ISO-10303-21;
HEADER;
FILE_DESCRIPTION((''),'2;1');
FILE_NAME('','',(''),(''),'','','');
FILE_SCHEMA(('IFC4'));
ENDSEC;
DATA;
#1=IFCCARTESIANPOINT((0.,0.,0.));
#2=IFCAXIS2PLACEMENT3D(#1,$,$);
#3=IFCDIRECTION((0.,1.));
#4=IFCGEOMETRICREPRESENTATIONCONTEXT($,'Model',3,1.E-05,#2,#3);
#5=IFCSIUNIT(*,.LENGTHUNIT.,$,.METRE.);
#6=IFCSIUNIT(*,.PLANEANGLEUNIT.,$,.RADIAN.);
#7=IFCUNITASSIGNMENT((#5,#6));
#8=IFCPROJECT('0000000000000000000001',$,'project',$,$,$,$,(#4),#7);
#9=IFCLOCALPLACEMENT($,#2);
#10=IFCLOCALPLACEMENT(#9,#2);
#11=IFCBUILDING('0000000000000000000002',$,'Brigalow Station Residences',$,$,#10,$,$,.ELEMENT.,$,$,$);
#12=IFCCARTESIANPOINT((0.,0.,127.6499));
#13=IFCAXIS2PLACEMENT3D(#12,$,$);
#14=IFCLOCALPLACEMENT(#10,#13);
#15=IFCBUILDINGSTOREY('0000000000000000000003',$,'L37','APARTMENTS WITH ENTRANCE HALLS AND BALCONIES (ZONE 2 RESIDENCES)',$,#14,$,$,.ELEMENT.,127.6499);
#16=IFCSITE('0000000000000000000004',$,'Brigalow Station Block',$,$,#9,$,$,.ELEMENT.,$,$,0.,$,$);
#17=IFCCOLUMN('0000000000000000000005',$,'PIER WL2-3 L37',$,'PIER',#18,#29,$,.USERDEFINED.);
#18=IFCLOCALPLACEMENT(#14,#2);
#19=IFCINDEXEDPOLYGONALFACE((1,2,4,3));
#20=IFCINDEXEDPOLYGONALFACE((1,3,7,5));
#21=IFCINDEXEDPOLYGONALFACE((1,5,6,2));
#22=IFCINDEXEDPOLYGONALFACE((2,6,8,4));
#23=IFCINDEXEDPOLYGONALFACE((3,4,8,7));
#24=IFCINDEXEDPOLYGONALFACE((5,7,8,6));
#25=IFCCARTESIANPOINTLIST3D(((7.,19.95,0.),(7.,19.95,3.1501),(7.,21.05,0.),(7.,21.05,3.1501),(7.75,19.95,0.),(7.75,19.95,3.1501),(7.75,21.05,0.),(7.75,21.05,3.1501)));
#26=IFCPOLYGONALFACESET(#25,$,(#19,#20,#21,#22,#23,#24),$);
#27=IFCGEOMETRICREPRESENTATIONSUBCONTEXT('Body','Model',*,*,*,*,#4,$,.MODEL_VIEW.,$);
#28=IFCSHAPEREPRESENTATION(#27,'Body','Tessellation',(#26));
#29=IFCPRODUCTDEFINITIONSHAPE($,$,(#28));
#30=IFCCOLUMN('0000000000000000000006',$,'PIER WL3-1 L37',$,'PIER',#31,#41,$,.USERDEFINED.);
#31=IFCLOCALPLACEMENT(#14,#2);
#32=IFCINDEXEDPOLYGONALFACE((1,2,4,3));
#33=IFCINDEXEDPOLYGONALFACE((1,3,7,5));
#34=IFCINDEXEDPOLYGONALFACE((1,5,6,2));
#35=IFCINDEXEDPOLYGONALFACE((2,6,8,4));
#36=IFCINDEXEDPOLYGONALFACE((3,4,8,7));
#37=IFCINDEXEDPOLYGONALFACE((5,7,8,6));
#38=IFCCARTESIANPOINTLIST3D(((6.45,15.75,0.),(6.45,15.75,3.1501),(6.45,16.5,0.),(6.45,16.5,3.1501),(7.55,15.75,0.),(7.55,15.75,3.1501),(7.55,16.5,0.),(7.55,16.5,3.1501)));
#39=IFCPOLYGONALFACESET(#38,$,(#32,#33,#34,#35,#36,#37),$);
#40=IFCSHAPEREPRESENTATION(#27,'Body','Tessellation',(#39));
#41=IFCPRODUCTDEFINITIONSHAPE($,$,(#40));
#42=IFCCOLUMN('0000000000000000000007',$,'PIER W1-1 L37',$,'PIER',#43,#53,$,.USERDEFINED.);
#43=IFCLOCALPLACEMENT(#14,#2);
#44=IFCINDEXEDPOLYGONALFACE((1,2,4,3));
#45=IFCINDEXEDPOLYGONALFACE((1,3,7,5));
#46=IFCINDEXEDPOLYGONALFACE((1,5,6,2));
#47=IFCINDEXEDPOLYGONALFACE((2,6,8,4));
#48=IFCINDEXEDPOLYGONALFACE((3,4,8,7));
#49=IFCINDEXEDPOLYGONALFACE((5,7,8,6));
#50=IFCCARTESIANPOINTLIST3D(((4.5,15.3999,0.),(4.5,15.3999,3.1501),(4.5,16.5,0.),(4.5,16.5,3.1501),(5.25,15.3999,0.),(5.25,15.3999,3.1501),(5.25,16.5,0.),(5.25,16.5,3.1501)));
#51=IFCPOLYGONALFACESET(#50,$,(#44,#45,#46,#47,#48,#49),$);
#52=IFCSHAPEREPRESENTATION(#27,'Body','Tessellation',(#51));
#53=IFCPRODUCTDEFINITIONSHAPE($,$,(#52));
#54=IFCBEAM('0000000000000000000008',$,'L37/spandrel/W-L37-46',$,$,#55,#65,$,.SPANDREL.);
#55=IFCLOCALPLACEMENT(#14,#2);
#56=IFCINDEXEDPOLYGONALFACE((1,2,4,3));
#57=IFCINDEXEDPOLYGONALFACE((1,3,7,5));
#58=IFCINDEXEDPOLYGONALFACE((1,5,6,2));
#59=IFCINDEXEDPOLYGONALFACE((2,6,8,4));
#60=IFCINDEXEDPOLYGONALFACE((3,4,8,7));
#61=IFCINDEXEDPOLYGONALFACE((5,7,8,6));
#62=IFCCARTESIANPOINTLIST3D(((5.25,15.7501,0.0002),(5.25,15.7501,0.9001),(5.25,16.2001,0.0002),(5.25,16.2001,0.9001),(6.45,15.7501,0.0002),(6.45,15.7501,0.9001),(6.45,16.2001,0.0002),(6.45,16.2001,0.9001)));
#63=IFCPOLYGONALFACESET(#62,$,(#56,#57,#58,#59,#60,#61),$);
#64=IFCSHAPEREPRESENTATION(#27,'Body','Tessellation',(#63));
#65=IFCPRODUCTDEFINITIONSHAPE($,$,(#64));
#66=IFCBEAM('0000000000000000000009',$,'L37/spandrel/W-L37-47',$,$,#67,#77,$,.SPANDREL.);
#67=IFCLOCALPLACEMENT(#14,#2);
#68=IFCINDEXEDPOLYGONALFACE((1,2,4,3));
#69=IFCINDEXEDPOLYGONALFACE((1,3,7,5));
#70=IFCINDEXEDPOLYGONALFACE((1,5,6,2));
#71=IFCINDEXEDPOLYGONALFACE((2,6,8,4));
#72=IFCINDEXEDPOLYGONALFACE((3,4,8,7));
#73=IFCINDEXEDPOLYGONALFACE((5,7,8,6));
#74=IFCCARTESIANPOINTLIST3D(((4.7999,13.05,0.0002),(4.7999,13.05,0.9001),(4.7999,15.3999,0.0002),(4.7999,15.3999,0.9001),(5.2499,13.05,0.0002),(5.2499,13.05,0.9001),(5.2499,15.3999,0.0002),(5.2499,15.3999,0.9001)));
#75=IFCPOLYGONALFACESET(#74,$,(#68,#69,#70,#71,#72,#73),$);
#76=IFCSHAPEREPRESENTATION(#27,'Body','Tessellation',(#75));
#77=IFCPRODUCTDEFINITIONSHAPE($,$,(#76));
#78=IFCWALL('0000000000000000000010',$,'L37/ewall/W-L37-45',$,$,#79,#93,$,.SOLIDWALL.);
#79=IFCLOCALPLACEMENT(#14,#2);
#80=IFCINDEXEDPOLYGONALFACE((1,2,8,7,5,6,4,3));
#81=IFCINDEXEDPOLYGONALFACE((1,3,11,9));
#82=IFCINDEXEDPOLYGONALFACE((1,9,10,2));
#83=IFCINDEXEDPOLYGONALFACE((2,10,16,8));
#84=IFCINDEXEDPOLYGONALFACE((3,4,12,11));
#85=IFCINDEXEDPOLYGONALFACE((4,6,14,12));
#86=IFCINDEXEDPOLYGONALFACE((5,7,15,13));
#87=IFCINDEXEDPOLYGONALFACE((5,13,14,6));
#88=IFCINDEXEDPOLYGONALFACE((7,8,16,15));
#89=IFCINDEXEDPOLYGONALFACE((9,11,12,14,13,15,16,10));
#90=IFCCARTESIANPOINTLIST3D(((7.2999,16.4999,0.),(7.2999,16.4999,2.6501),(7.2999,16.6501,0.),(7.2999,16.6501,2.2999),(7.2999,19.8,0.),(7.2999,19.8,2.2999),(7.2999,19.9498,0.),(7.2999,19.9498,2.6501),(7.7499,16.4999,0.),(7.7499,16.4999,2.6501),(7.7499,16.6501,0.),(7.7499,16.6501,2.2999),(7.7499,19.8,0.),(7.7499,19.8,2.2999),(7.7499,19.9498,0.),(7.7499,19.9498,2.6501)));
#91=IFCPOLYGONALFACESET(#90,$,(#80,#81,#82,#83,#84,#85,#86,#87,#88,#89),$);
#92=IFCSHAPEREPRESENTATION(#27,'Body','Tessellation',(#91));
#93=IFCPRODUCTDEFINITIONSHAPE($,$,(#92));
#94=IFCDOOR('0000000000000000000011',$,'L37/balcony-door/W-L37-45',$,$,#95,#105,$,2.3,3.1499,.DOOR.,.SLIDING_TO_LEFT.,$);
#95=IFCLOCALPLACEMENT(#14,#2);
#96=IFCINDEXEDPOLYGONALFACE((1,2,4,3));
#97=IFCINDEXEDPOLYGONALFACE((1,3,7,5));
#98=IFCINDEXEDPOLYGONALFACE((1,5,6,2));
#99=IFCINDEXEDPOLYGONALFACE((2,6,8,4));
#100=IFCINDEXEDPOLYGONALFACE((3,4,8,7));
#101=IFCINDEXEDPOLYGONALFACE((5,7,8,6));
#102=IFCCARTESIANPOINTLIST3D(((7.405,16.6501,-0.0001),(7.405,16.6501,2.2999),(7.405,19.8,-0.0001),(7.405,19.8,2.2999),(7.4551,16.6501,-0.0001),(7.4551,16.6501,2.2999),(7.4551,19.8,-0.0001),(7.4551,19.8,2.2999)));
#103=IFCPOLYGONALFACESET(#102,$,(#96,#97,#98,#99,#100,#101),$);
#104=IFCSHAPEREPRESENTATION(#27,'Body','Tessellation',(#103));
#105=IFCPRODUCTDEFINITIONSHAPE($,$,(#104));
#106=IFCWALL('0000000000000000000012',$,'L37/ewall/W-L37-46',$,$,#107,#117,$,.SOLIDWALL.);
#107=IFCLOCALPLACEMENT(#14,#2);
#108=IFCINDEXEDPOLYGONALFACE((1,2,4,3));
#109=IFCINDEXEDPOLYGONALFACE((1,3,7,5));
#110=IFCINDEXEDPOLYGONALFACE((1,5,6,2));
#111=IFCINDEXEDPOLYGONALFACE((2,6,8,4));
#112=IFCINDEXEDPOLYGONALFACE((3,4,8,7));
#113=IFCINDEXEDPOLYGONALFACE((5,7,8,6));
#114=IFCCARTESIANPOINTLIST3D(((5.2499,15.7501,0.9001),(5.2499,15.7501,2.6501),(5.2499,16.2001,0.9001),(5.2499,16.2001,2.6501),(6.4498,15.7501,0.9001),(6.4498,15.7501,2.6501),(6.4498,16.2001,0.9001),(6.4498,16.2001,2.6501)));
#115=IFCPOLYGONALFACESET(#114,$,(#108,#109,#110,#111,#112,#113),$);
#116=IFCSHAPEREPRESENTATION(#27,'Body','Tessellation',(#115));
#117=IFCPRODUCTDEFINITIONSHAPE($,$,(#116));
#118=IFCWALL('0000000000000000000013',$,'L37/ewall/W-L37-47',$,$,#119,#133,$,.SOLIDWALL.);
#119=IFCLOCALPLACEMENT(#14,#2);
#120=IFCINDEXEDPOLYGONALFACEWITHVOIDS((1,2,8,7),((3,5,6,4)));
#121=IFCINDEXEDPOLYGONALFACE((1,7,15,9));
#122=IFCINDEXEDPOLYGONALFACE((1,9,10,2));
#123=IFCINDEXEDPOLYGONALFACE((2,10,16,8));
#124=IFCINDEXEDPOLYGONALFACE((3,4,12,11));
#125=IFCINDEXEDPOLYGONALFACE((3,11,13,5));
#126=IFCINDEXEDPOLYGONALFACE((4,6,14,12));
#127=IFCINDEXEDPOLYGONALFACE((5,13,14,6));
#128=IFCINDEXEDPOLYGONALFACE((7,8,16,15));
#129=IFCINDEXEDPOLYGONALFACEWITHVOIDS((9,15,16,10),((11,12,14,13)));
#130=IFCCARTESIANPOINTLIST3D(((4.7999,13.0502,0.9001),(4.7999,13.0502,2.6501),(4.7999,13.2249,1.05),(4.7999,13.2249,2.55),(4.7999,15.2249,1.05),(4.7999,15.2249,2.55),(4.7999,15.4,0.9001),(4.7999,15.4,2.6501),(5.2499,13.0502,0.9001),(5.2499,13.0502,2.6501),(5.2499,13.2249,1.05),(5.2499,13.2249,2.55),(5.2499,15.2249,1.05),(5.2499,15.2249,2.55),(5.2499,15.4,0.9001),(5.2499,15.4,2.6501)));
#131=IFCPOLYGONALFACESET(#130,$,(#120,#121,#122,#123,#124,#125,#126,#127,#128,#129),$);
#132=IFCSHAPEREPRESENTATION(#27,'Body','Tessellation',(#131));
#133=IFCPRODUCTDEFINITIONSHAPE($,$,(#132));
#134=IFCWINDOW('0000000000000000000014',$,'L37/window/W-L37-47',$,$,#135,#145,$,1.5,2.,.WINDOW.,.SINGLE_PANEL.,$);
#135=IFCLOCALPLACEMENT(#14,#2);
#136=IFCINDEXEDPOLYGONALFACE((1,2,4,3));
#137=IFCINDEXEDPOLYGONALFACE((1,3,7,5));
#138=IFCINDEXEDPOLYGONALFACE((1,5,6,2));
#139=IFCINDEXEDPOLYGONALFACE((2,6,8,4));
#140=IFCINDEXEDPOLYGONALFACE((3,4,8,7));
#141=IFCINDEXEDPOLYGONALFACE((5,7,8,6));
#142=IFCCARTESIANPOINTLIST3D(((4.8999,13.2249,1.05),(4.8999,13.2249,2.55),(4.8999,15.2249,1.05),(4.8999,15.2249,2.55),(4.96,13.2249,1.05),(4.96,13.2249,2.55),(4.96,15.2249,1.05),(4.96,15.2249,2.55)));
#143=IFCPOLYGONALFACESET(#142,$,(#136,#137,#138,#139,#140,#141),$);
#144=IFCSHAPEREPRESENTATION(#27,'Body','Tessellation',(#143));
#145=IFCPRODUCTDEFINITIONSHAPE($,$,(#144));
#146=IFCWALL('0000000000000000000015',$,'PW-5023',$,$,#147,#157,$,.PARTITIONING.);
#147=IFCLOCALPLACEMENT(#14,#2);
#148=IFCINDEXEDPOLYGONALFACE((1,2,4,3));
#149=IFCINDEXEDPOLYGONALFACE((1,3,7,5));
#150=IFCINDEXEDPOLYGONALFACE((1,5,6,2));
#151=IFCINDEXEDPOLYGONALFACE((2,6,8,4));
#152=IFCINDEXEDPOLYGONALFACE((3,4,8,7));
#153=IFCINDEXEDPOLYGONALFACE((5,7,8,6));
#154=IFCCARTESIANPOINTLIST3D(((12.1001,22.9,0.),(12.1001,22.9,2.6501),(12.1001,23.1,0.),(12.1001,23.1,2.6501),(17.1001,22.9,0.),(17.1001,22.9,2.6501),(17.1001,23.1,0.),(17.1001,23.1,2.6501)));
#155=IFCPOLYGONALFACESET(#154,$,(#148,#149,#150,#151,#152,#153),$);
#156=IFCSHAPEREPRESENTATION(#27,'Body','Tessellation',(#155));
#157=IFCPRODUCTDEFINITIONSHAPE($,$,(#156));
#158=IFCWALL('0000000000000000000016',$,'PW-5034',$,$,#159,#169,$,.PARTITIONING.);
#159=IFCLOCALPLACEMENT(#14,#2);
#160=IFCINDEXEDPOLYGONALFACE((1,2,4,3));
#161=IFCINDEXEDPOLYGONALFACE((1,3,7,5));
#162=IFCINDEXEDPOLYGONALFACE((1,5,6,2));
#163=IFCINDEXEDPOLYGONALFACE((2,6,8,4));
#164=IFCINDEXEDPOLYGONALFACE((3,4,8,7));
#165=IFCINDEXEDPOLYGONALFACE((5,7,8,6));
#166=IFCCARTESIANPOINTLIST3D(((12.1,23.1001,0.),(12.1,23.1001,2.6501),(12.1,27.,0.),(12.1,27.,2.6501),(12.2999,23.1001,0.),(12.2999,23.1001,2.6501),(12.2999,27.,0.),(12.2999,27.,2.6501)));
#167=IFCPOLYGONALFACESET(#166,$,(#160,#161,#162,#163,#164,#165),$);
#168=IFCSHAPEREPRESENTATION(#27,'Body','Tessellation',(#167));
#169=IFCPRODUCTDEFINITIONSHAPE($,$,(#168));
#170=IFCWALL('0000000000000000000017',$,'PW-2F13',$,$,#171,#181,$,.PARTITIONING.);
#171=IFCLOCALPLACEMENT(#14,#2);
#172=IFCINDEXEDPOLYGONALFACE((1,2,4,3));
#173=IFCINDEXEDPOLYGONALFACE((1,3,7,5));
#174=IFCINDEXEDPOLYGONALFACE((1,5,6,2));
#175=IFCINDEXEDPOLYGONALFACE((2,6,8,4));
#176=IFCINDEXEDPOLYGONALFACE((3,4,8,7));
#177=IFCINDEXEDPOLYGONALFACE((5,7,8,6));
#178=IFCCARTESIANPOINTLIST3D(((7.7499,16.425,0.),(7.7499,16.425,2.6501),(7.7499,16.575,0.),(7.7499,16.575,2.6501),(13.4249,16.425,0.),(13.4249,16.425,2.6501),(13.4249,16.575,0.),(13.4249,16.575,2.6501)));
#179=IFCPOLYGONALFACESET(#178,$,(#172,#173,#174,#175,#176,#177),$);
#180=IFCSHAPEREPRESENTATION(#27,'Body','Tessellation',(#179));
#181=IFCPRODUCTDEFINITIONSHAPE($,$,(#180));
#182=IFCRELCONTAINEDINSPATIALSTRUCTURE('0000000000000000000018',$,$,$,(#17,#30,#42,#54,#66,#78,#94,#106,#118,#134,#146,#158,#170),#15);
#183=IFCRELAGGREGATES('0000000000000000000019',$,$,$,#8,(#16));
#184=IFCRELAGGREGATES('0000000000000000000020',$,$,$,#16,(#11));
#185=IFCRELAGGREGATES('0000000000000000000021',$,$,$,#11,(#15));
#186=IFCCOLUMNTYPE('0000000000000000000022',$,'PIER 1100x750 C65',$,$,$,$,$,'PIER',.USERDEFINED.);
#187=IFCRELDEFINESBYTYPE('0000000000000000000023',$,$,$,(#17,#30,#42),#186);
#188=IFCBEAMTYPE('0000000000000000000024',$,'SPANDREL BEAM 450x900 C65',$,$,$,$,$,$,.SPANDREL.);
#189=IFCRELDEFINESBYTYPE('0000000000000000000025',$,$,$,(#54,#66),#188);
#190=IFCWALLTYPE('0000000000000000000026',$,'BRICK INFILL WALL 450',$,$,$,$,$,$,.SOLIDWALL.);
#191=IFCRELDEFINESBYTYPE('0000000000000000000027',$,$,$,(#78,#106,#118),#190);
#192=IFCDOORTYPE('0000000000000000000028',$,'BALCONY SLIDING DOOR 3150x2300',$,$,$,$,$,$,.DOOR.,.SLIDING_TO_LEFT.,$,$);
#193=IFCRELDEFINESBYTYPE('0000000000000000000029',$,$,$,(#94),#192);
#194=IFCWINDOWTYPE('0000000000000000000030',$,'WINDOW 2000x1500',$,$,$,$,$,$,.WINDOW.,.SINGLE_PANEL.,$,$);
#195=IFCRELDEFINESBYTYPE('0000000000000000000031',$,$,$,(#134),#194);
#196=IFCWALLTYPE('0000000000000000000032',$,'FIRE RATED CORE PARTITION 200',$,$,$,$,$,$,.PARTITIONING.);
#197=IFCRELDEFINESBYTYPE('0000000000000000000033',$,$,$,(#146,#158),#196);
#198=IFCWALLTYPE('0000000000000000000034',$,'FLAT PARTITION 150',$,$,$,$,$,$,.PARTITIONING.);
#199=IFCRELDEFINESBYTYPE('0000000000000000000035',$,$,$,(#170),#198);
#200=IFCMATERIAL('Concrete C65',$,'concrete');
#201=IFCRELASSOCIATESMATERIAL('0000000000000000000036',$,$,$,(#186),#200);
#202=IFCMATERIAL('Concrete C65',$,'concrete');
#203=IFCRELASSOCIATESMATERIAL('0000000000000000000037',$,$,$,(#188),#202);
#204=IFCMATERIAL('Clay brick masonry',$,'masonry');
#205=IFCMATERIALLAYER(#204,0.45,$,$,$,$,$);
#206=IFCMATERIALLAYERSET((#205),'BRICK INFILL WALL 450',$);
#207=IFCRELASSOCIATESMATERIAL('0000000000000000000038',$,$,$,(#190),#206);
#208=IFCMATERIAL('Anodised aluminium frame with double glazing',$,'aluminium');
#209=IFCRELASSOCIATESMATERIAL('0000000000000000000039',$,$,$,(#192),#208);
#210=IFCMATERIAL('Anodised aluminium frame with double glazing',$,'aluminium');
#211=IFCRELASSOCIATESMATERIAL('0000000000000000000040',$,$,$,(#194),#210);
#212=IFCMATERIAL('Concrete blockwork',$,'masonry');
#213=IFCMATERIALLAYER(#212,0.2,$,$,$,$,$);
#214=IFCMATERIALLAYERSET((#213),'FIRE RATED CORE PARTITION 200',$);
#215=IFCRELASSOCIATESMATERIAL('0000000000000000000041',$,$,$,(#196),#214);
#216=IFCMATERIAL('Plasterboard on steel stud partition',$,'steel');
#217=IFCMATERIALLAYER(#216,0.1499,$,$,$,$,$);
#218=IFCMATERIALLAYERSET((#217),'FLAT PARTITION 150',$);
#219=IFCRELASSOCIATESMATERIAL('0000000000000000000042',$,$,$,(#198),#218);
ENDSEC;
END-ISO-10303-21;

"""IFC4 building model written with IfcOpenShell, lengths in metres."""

from ifc_helpers import new_model, si_unit, direction, frame, frame_2d, origin, origin_2d, place, context, subcontext, project, spatial, rectangle, extrude, material, layer, layer_set, material_profile, profile_set, type_object, element, fill, save


model = new_model("IFC4")

# Units and contexts
model_context = context("Model", 3, precision=1e-05, world=origin(), true_north=direction((0.0, 1.0)))
body_context = subcontext(model_context, "Body", "Model", "MODEL_VIEW")
ifc_project = project(units=[si_unit("LENGTHUNIT", "METRE"), si_unit("PLANEANGLEUNIT", "RADIAN")], contexts=[model_context])

# Site, building, storey
site_placement = place(None, origin())
site = spatial("IfcSite", under=ifc_project, at=site_placement, Name="Brigalow Station Block", CompositionType="ELEMENT", RefElevation=0.0)
building_placement = place(site_placement, origin())
building = spatial("IfcBuilding", under=site, at=building_placement, Name="Brigalow Station Residences", CompositionType="ELEMENT")
storey_placement = place(building_placement, frame((0.0, 0.0, 127.6499)))
storey = spatial("IfcBuildingStorey", under=building, at=storey_placement, Name="L37", Description="APARTMENTS WITH ENTRANCE HALLS AND BALCONIES (ZONE 2 RESIDENCES)", CompositionType="ELEMENT", Elevation=127.6499)

# Columns
ifc_material_1 = material(Name="Concrete C65", Category="concrete")
ifc_material_profile_1 = material_profile(ifc_material_1, rectangle(XDim=1.1001, YDim=0.75, at=origin_2d()), Name="RC1100x750")
ifc_profile_set_1 = profile_set([ifc_material_profile_1], Name="Concrete C65")
column_type = type_object("IfcColumnType", Name="PIER 1100x750 C65", ElementType="PIER", PredefinedType="USERDEFINED", material=ifc_profile_set_1)
for number, where, z_axis, x_axis, name in (
    (1, (7.375, 20.5, 0.0), (0.0, 0.0, 1.0), (0.0, -1.0, 0.0), "PIER WL2-3 L37"),
    (2, (7.0, 16.125, 0.0), (0.0, 0.0, 1.0), (-1.0, 0.0, 0.0), "PIER WL3-1 L37"),
    (3, (4.875, 15.95, 0.0), (0.0, 0.0, 1.0), (0.0, -1.0, 0.0), "PIER W1-1 L37"),
):
    element("IfcColumn", number, at=place(storey_placement, frame(where, z_axis=z_axis, x_axis=x_axis)), inside=storey, type_object=column_type, Name=name, ObjectType="PIER", PredefinedType="USERDEFINED", context=body_context, shape_type="SweptSolid", body=[
        extrude(rectangle(XDim=1.1001, YDim=0.75, at=origin_2d()), origin(), (0.0, 0.0, 1.0), 3.1501),
    ])

# Beams
ifc_material_2 = material(Name="Concrete C65", Category="concrete")
ifc_material_profile_2 = material_profile(ifc_material_2, rectangle(XDim=0.45, YDim=0.8999, at=origin_2d()), Name="RC450x900")
ifc_profile_set_2 = profile_set([ifc_material_profile_2], Name="Concrete C65")
beam_type = type_object("IfcBeamType", Name="SPANDREL BEAM 450x900 C65", PredefinedType="SPANDREL", material=ifc_profile_set_2)
beam_1_placement = place(storey_placement, frame((6.45, 15.9751, 0.4502), z_axis=(-1.0, 0.0, 0.0), x_axis=(0.0, -1.0, 0.0)))
element("IfcBeam", 4, at=beam_1_placement, inside=storey, type_object=beam_type, Name="L37/spandrel/W-L37-46", PredefinedType="SPANDREL", context=body_context, shape_type="SweptSolid", body=[
    extrude(rectangle(XDim=0.45, YDim=0.8999, at=origin_2d()), origin(), (0.0, 0.0, 1.0), 1.2),
])
beam_2_placement = place(storey_placement, frame((5.0249, 15.3999, 0.4502), z_axis=(0.0, -1.0, 0.0), x_axis=(1.0, 0.0, 0.0)))
element("IfcBeam", 5, at=beam_2_placement, inside=storey, type_object=beam_type, Name="L37/spandrel/W-L37-47", PredefinedType="SPANDREL", context=body_context, shape_type="SweptSolid", body=[
    extrude(rectangle(XDim=0.45, YDim=0.8999, at=origin_2d()), origin(), (0.0, 0.0, 1.0), 2.3499),
])

# Wall, opening, door
ifc_material_3 = material(Name="Clay brick masonry", Category="masonry")
ifc_layer_1 = layer(ifc_material_3, 0.45)
ifc_layer_set_1 = layer_set([ifc_layer_1], Name="BRICK INFILL WALL 450")
wall_type_1 = type_object("IfcWallType", Name="BRICK INFILL WALL 450", PredefinedType="SOLIDWALL", material=ifc_layer_set_1)
wall_1_placement = place(storey_placement, frame((7.5249, 19.95, 0.0), z_axis=(0.0, 0.0, 1.0), x_axis=(0.0, -1.0, 0.0)))
wall_1 = element("IfcWall", 6, at=wall_1_placement, inside=storey, type_object=wall_type_1, Name="L37/ewall/W-L37-45", PredefinedType="SOLIDWALL", context=body_context, shape_type="SweptSolid", body=[
    extrude(rectangle(XDim=3.45, YDim=0.45, at=frame_2d((1.7251, 0.0))), origin(), (0.0, 0.0, 1.0), 2.6501),
])
opening_1_placement = place(wall_1_placement, frame((0.1499, 0.0, 0.0)))
opening_1 = element("IfcOpeningElement", 7, at=opening_1_placement, cuts=wall_1, PredefinedType="OPENING", context=body_context, shape_type="SweptSolid", body=[
    extrude(rectangle(XDim=3.1499, YDim=2.3, at=frame_2d((1.575, 1.1499))), frame((0.0, 0.2349, 0.0), z_axis=(0.0, -1.0, 0.0), x_axis=(1.0, 0.0, 0.0)), (0.0, 0.0, 1.0), 0.47),
])
ifc_material_4 = material(Name="Anodised aluminium frame with double glazing", Category="aluminium")
door_type_1 = type_object("IfcDoorType", Name="BALCONY SLIDING DOOR 3150x2300", OperationType="SLIDING_TO_LEFT", PredefinedType="DOOR", material=ifc_material_4)
door_1_placement = place(opening_1_placement, origin())
door_1 = element("IfcDoor", 8, at=door_1_placement, inside=storey, type_object=door_type_1, Name="L37/balcony-door/W-L37-45", OperationType="SLIDING_TO_LEFT", OverallHeight=2.3, OverallWidth=3.1499, PredefinedType="DOOR", context=body_context, shape_type="SweptSolid", body=[
    extrude(rectangle(XDim=3.1499, YDim=2.3, at=frame_2d((1.575, 1.1499))), frame((0.0, -0.0698, 0.0), z_axis=(0.0, -1.0, 0.0), x_axis=(1.0, 0.0, 0.0)), (0.0, 0.0, 1.0), 0.05),
])
fill(opening_1, door_1)

# Wall
wall_2_placement = place(storey_placement, frame((6.45, 15.9751, 0.9001), z_axis=(0.0, 0.0, 1.0), x_axis=(-1.0, 0.0, 0.0)))
element("IfcWall", 9, at=wall_2_placement, inside=storey, type_object=wall_type_1, Name="L37/ewall/W-L37-46", PredefinedType="SOLIDWALL", context=body_context, shape_type="SweptSolid", body=[
    extrude(rectangle(XDim=1.2, YDim=0.45, at=frame_2d((0.6001, 0.0))), origin(), (0.0, 0.0, 1.0), 1.75),
])

# Wall, opening, window
wall_3_placement = place(storey_placement, frame((5.0249, 15.3999, 0.9001), z_axis=(0.0, 0.0, 1.0), x_axis=(0.0, -1.0, 0.0)))
wall_3 = element("IfcWall", 10, at=wall_3_placement, inside=storey, type_object=wall_type_1, Name="L37/ewall/W-L37-47", PredefinedType="SOLIDWALL", context=body_context, shape_type="SweptSolid", body=[
    extrude(rectangle(XDim=2.3499, YDim=0.45, at=frame_2d((1.1748, 0.0))), origin(), (0.0, 0.0, 1.0), 1.75),
])
opening_2_placement = place(wall_3_placement, frame((0.175, 0.0, 0.1499)))
opening_2 = element("IfcOpeningElement", 11, at=opening_2_placement, cuts=wall_3, PredefinedType="OPENING", context=body_context, shape_type="SweptSolid", body=[
    extrude(rectangle(XDim=2.0, YDim=1.5, at=frame_2d((1.0, 0.75))), frame((0.0, 0.2349, 0.0), z_axis=(0.0, -1.0, 0.0), x_axis=(1.0, 0.0, 0.0)), (0.0, 0.0, 1.0), 0.47),
])
ifc_material_5 = material(Name="Anodised aluminium frame with double glazing", Category="aluminium")
window_type = type_object("IfcWindowType", Name="WINDOW 2000x1500", PartitioningType="SINGLE_PANEL", PredefinedType="WINDOW", material=ifc_material_5)
window_placement = place(opening_2_placement, origin())
window = element("IfcWindow", 12, at=window_placement, inside=storey, type_object=window_type, Name="L37/window/W-L37-47", OverallHeight=1.5, OverallWidth=2.0, PartitioningType="SINGLE_PANEL", PredefinedType="WINDOW", context=body_context, shape_type="SweptSolid", body=[
    extrude(rectangle(XDim=2.0, YDim=1.5, at=frame_2d((1.0, 0.75))), frame((0.0, -0.0649, 0.0), z_axis=(0.0, -1.0, 0.0), x_axis=(1.0, 0.0, 0.0)), (0.0, 0.0, 1.0), 0.0601),
])
fill(opening_2, window)

# Walls
ifc_material_6 = material(Name="Concrete blockwork", Category="masonry")
ifc_layer_2 = layer(ifc_material_6, 0.2)
ifc_layer_set_2 = layer_set([ifc_layer_2], Name="FIRE RATED CORE PARTITION 200")
wall_type_2 = type_object("IfcWallType", Name="FIRE RATED CORE PARTITION 200", PredefinedType="PARTITIONING", material=ifc_layer_set_2)
wall_4_placement = place(storey_placement, frame((12.1001, 23.0, 0.0), z_axis=(0.0, 0.0, 1.0), x_axis=(1.0, 0.0, 0.0)))
element("IfcWall", 13, at=wall_4_placement, inside=storey, type_object=wall_type_2, Name="PW-5023", PredefinedType="PARTITIONING", context=body_context, shape_type="SweptSolid", body=[
    extrude(rectangle(XDim=5.0, YDim=0.2, at=frame_2d((2.5, 0.0))), origin(), (0.0, 0.0, 1.0), 2.6501),
])
wall_5_placement = place(storey_placement, frame((12.2, 23.1001, 0.0), z_axis=(0.0, 0.0, 1.0), x_axis=(0.0, 1.0, 0.0)))
element("IfcWall", 14, at=wall_5_placement, inside=storey, type_object=wall_type_2, Name="PW-5034", PredefinedType="PARTITIONING", context=body_context, shape_type="SweptSolid", body=[
    extrude(rectangle(XDim=3.8999, YDim=0.2, at=frame_2d((1.95, 0.0))), origin(), (0.0, 0.0, 1.0), 2.6501),
])
ifc_material_7 = material(Name="Plasterboard on steel stud partition", Category="steel")
ifc_layer_3 = layer(ifc_material_7, 0.1499)
ifc_layer_set_3 = layer_set([ifc_layer_3], Name="FLAT PARTITION 150")
wall_type_3 = type_object("IfcWallType", Name="FLAT PARTITION 150", PredefinedType="PARTITIONING", material=ifc_layer_set_3)
wall_6_placement = place(storey_placement, frame((7.75, 16.5, 0.0), z_axis=(0.0, 0.0, 1.0), x_axis=(1.0, 0.0, 0.0)))
element("IfcWall", 15, at=wall_6_placement, inside=storey, type_object=wall_type_3, Name="PW-2F13", PredefinedType="PARTITIONING", context=body_context, shape_type="SweptSolid", body=[
    extrude(rectangle(XDim=5.675, YDim=0.1499, at=frame_2d((2.8374, 0.0))), origin(), (0.0, 0.0, 1.0), 2.6501),
])

save(model, "model.ifc")
